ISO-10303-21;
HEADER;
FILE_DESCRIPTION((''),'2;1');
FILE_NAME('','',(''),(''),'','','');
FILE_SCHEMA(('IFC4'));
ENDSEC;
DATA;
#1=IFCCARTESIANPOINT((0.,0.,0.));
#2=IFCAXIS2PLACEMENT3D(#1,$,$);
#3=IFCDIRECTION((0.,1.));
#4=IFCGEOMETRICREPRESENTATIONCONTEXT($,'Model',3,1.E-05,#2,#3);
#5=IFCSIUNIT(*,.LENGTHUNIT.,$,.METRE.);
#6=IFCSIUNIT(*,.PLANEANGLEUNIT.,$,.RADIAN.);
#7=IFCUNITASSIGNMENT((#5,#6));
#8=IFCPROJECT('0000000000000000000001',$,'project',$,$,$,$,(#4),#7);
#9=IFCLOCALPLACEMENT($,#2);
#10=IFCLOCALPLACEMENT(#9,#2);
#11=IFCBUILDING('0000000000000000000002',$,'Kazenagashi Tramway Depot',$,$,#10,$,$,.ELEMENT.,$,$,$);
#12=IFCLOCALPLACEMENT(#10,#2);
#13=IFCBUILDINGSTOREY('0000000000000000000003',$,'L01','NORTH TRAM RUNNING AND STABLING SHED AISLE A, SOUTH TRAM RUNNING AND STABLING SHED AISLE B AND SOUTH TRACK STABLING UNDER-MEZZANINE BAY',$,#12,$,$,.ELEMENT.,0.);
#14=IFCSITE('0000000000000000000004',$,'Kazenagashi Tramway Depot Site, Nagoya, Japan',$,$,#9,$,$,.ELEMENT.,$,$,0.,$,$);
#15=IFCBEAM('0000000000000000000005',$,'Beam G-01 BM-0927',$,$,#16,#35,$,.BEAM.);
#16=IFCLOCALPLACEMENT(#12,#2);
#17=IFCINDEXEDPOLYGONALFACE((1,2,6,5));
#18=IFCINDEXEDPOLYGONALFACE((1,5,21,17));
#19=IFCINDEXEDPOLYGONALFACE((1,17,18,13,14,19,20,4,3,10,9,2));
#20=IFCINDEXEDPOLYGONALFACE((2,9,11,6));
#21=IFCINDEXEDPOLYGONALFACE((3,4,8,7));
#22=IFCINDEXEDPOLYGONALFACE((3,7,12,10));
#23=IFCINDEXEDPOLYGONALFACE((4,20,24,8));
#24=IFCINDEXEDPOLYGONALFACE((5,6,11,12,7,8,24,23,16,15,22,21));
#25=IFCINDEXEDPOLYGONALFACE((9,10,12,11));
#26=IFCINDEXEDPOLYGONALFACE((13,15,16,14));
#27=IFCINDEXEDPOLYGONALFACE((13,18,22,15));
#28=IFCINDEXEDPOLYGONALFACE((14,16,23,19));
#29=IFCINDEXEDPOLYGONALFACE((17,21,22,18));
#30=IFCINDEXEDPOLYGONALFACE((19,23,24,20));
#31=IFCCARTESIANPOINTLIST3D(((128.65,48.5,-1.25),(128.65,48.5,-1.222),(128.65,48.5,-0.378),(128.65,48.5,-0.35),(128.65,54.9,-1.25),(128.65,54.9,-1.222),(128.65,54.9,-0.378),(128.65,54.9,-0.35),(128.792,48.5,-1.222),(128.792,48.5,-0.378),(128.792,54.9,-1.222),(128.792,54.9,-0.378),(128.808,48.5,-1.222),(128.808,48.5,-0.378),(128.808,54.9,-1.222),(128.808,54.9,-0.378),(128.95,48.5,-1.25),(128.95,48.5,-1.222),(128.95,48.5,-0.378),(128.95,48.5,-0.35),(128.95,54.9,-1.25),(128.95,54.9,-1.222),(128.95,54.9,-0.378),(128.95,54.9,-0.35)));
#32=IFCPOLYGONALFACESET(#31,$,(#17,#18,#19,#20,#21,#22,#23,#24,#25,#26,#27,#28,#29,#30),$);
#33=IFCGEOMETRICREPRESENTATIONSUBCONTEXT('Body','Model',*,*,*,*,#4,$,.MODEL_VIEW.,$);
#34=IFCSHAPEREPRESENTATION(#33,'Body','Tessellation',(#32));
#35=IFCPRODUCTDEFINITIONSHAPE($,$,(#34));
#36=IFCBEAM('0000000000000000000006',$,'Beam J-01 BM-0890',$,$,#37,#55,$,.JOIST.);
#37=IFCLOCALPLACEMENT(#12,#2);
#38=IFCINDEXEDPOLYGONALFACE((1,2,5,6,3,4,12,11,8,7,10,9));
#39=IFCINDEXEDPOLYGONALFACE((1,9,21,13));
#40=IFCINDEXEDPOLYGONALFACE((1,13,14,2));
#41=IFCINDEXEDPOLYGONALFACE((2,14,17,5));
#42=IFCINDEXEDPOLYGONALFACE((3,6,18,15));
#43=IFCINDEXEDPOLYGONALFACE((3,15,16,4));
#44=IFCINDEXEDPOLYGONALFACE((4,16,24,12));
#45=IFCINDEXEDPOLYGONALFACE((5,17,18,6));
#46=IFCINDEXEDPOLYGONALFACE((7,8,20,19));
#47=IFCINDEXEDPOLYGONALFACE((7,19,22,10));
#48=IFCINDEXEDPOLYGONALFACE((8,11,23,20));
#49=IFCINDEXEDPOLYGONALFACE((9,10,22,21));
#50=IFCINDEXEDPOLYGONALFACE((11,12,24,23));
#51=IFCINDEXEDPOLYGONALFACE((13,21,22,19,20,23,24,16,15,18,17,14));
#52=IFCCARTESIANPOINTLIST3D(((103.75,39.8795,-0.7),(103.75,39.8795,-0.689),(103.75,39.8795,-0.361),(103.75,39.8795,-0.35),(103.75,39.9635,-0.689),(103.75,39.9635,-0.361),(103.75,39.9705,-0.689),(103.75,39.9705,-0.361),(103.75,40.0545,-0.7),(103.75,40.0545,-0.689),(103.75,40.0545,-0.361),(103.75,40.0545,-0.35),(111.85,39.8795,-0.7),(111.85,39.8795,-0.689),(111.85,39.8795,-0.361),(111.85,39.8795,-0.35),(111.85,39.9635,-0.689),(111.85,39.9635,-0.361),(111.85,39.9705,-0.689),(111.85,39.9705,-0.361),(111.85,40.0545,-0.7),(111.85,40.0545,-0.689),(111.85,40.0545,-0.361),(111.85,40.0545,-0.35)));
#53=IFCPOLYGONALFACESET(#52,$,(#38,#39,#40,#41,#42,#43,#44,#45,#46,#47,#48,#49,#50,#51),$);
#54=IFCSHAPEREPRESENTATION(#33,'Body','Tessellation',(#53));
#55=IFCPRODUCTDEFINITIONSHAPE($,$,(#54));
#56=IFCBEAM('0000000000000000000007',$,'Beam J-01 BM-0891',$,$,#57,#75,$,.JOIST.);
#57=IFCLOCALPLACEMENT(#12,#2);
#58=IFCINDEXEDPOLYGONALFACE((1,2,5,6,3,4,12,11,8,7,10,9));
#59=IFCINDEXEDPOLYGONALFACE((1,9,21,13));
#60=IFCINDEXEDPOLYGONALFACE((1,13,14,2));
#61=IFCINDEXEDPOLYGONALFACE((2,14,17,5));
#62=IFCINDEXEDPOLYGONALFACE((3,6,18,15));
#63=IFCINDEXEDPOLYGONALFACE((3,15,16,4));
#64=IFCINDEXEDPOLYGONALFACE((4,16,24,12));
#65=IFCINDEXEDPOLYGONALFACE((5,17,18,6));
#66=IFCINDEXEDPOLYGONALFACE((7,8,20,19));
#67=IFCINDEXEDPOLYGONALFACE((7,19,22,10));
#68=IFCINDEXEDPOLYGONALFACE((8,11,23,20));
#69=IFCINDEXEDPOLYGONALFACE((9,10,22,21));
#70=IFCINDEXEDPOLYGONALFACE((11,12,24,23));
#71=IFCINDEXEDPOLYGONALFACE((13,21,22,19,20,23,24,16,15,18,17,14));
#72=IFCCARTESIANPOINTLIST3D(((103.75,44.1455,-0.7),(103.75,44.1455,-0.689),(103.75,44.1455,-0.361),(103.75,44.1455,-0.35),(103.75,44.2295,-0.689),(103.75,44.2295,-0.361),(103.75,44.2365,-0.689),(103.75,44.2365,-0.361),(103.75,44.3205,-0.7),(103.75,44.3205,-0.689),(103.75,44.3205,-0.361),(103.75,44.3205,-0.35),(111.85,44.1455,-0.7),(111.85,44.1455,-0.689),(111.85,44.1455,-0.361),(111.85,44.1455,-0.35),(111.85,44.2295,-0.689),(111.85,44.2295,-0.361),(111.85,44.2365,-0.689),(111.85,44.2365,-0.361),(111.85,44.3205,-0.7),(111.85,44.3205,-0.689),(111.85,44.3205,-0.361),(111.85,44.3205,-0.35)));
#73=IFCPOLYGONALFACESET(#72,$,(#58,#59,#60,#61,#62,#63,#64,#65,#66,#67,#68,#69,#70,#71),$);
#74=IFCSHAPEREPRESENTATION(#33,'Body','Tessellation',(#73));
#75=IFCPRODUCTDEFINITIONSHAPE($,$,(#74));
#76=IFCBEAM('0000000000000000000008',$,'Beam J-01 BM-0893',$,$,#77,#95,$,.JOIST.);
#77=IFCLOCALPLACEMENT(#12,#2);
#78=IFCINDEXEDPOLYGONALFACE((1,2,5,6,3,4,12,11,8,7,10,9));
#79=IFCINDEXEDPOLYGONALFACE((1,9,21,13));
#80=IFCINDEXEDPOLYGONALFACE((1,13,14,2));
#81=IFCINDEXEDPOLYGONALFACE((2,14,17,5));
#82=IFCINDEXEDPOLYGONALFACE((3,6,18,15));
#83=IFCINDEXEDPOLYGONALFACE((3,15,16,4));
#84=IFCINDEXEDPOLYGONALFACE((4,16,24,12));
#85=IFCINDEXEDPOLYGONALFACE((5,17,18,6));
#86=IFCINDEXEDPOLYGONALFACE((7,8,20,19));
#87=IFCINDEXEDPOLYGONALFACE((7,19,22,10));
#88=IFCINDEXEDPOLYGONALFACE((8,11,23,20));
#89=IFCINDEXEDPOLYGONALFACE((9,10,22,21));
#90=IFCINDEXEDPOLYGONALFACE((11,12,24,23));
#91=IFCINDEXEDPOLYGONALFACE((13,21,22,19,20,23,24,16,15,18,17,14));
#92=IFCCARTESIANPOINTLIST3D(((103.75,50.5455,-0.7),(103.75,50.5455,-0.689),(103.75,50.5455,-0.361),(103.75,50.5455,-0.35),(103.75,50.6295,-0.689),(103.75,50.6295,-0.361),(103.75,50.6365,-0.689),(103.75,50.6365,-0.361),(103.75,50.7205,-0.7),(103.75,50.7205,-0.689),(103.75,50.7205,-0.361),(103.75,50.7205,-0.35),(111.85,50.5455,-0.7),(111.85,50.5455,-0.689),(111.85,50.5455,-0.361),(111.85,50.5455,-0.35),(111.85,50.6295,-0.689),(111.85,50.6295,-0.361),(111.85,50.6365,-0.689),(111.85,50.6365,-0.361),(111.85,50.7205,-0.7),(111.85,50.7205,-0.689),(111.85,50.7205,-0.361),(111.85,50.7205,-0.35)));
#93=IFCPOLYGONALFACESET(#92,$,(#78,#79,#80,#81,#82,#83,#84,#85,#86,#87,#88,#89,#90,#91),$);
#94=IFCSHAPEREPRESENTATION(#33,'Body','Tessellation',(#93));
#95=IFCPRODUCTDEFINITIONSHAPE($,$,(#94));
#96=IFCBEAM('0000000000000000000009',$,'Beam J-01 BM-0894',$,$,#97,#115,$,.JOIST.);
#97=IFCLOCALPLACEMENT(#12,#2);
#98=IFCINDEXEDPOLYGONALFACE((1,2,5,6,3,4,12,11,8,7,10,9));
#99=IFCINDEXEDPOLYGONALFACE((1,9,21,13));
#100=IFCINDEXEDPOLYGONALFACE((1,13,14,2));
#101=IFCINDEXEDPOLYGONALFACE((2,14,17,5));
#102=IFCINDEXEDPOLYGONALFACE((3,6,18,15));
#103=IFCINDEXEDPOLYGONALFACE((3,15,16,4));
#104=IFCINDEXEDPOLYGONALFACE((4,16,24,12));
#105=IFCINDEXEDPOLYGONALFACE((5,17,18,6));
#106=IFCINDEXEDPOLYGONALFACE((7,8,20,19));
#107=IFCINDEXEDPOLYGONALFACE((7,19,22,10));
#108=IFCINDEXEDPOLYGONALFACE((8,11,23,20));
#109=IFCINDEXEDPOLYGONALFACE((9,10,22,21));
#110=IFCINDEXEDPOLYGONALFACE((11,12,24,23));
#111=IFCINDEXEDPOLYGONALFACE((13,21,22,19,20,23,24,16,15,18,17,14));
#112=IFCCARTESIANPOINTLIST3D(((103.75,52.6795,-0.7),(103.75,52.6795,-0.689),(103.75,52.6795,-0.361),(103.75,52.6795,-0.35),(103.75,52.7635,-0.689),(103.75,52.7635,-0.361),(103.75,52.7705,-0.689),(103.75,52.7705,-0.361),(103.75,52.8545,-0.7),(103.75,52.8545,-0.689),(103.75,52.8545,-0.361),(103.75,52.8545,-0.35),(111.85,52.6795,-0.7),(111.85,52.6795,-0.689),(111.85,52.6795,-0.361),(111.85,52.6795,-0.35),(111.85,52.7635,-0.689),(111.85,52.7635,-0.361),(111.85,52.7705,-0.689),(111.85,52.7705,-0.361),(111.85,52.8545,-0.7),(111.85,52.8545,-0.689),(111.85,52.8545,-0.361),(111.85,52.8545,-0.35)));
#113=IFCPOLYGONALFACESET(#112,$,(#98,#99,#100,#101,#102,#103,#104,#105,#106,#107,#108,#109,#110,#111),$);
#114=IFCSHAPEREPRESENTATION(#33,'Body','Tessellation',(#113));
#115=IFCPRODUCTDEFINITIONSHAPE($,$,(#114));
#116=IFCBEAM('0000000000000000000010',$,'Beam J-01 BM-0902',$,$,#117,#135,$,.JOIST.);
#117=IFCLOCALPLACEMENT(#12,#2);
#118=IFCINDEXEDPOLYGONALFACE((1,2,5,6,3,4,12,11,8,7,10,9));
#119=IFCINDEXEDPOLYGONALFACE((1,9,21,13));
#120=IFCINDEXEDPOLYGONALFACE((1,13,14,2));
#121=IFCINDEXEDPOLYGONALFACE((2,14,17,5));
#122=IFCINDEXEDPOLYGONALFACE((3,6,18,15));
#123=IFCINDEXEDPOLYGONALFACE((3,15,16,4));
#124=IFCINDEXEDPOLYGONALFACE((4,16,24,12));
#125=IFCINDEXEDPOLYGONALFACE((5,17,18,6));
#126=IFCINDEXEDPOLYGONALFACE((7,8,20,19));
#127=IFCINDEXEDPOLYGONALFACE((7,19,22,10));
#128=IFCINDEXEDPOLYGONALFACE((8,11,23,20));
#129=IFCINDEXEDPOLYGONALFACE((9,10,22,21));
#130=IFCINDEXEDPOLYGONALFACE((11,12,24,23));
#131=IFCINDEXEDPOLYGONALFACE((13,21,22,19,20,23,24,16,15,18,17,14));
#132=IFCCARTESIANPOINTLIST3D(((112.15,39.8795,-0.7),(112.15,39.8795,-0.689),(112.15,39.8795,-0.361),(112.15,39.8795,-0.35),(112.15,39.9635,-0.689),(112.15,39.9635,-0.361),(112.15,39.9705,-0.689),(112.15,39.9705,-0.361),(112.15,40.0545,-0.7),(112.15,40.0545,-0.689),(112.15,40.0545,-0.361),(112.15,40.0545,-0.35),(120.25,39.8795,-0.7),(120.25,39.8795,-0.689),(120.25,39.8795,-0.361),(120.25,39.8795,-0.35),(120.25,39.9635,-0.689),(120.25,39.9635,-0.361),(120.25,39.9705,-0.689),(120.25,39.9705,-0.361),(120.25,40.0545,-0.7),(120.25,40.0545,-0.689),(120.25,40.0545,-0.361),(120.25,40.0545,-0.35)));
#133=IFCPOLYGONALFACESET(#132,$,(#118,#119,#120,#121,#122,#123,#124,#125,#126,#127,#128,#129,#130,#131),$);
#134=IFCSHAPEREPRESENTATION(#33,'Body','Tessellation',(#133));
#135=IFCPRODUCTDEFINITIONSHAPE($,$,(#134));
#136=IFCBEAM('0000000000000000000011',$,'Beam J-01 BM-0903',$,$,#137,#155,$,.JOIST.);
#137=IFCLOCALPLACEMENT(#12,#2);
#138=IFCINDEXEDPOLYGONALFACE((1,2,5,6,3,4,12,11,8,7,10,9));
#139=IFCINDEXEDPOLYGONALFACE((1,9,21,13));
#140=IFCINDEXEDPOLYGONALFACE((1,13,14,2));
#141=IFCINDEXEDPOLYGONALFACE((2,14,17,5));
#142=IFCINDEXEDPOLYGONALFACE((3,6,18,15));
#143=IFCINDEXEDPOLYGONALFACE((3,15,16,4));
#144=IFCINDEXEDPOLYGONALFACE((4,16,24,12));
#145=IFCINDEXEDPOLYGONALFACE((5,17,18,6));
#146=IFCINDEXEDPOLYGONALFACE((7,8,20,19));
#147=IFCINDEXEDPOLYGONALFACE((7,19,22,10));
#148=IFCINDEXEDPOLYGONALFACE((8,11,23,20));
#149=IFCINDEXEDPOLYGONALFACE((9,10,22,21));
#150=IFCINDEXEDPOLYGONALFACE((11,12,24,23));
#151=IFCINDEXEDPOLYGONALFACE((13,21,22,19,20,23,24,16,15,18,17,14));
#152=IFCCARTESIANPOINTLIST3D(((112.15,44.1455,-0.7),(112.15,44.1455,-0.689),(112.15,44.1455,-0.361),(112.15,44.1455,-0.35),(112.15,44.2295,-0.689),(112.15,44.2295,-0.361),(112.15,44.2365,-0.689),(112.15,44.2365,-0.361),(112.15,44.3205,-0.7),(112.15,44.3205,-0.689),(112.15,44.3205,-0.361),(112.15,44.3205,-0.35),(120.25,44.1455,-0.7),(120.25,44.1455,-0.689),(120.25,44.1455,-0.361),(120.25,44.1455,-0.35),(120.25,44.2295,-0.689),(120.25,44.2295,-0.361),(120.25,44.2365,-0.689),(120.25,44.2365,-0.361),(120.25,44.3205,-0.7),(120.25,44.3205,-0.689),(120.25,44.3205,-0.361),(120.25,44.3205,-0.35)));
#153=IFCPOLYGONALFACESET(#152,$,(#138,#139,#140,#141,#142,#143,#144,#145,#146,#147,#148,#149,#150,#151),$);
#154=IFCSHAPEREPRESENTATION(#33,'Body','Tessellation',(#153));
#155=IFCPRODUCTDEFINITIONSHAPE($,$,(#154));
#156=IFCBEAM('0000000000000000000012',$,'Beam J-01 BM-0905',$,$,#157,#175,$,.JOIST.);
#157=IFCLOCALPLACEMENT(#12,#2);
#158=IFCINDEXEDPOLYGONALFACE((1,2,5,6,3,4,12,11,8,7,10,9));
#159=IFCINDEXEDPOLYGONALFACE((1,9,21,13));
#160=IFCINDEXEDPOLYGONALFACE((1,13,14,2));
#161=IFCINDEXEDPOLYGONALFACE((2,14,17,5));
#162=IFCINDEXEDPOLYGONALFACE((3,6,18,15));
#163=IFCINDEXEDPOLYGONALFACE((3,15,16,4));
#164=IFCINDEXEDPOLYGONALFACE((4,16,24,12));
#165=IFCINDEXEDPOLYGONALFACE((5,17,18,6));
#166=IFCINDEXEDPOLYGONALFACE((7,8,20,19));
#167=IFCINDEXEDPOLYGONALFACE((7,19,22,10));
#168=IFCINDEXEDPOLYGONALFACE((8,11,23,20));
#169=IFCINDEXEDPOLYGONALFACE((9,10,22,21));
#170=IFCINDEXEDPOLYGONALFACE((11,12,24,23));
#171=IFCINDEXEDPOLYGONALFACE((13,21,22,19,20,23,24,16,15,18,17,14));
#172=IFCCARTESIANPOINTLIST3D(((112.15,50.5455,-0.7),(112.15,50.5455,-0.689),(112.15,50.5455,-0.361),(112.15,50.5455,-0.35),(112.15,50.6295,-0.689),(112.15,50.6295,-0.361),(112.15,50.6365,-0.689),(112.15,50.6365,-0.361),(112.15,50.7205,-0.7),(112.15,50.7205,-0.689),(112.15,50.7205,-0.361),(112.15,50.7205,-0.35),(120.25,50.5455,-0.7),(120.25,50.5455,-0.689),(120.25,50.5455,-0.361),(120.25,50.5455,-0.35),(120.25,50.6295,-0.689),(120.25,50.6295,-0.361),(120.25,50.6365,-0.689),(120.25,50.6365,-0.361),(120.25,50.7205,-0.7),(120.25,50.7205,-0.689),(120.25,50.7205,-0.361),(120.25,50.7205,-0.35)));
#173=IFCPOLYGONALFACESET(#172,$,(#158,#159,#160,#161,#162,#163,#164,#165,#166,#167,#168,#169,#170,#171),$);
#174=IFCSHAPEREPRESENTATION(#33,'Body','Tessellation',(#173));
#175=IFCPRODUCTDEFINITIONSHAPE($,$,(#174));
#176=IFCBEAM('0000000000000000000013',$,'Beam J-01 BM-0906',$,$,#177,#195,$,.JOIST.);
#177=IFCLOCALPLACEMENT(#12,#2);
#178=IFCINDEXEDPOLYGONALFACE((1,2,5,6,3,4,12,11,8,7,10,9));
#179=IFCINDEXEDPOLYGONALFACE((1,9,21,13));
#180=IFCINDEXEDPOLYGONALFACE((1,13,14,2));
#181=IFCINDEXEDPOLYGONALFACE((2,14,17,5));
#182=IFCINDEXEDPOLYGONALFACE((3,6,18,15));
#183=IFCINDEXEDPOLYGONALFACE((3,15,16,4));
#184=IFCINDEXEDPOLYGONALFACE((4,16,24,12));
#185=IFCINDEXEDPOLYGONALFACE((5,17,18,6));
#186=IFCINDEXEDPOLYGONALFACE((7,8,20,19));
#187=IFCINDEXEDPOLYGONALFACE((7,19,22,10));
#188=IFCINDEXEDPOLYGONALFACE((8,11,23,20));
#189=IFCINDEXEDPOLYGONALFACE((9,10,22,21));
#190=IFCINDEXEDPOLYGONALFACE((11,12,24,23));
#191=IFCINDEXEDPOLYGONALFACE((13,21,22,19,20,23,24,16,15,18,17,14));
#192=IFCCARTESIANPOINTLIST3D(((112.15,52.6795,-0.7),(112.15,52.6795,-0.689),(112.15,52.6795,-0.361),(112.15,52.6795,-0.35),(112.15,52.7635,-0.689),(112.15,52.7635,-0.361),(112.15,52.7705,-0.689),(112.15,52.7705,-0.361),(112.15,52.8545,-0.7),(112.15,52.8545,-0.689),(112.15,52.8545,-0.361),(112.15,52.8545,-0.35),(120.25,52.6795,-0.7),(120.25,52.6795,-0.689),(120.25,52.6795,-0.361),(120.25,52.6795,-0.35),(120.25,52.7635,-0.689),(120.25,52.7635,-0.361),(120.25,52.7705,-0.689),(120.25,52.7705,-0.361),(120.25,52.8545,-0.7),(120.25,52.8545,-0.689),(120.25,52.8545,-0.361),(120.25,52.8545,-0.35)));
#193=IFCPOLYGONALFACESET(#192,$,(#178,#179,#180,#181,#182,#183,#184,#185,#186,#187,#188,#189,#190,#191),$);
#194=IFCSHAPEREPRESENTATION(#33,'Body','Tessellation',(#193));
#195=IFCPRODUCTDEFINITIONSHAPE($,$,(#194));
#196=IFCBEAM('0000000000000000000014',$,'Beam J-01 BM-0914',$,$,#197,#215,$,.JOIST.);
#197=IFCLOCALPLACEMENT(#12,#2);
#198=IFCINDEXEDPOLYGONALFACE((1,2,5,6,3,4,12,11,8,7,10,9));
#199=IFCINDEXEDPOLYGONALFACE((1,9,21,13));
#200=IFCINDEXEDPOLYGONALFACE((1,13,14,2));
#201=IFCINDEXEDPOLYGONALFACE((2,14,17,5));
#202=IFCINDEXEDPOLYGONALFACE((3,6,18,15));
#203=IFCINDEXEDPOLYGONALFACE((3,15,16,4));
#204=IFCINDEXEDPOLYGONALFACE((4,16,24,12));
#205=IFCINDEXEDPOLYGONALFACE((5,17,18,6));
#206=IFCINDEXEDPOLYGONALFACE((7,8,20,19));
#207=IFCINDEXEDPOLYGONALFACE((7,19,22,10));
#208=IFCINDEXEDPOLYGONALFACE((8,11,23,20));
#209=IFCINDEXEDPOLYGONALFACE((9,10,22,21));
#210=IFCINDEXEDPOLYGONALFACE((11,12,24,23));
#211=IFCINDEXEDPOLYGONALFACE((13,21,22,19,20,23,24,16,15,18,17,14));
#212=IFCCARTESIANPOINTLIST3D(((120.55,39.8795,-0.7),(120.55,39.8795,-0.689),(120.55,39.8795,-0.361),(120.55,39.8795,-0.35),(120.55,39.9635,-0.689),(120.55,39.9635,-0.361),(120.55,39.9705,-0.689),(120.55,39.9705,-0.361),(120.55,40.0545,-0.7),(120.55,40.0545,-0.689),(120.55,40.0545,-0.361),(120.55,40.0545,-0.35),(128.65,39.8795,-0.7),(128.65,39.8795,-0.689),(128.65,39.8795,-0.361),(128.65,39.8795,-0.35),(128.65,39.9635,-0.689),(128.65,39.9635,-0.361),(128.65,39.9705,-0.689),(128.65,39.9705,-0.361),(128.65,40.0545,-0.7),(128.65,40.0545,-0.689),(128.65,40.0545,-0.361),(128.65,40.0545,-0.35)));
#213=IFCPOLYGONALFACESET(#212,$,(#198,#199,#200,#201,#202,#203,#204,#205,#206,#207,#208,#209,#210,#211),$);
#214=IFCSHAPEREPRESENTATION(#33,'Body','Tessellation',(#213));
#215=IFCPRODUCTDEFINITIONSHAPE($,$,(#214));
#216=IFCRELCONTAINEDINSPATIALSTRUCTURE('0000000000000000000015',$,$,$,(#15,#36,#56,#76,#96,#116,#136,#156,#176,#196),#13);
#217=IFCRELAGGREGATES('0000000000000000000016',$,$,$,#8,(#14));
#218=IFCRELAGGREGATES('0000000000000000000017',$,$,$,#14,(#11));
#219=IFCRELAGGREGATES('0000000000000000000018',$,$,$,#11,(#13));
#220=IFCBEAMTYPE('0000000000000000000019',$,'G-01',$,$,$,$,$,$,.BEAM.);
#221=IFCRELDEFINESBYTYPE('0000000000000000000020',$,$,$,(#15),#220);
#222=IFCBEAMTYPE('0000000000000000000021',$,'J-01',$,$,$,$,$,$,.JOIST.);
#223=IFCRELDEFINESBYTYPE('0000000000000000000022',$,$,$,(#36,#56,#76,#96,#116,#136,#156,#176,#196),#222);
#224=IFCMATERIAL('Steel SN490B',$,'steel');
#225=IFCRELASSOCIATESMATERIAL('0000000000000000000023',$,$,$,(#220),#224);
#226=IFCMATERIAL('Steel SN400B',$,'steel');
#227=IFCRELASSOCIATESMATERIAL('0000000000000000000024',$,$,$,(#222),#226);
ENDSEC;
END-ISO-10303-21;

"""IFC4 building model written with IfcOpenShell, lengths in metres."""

from ifc_helpers import new_model, si_unit, direction, frame, origin, origin_2d, place, context, subcontext, project, spatial, i_section, extrude, material, material_profile, profile_set, type_object, element, save


model = new_model("IFC4")

# Units and contexts
model_context = context("Model", 3, precision=1e-05, world=origin(), true_north=direction((0.0, 1.0)))
body_context = subcontext(model_context, "Body", "Model", "MODEL_VIEW")
ifc_project = project(units=[si_unit("LENGTHUNIT", "METRE"), si_unit("PLANEANGLEUNIT", "RADIAN")], contexts=[model_context])

# Site, building, storey
site_placement = place(None, origin())
site = spatial("IfcSite", under=ifc_project, at=site_placement, Name="Kazenagashi Tramway Depot Site, Nagoya, Japan", CompositionType="ELEMENT", RefElevation=0.0)
building_placement = place(site_placement, origin())
building = spatial("IfcBuilding", under=site, at=building_placement, Name="Kazenagashi Tramway Depot", CompositionType="ELEMENT")
storey_placement = place(building_placement, origin())
storey = spatial("IfcBuildingStorey", under=building, at=storey_placement, Name="L01", Description="NORTH TRAM RUNNING AND STABLING SHED AISLE A, SOUTH TRAM RUNNING AND STABLING SHED AISLE B AND SOUTH TRACK STABLING UNDER-MEZZANINE BAY", CompositionType="ELEMENT", Elevation=0.0)

# Shared definitions
ifc_material_1 = material(Name="Steel SN490B", Category="steel")

# Beams
ifc_material_profile_1 = material_profile(ifc_material_1, i_section(OverallWidth=0.3, OverallDepth=0.9, WebThickness=0.016, FlangeThickness=0.028, at=origin_2d()), Name="H-900x300x16x28")
ifc_profile_set_1 = profile_set([ifc_material_profile_1], Name="Steel SN490B")
beam_type_1 = type_object("IfcBeamType", Name="G-01", PredefinedType="BEAM", material=ifc_profile_set_1)
for number, where, z_axis, x_axis, name in (
    (1, (128.8, 48.5, -0.8), (0.0, 1.0, 0.0), (-1.0, 0.0, 0.0), "Beam G-01 BM-0927"),
):
    element("IfcBeam", number, at=place(storey_placement, frame(where, z_axis=z_axis, x_axis=x_axis)), inside=storey, type_object=beam_type_1, Name=name, PredefinedType="BEAM", context=body_context, shape_type="SweptSolid", body=[
        extrude(i_section(OverallWidth=0.3, OverallDepth=0.9, WebThickness=0.016, FlangeThickness=0.028, at=origin_2d()), origin(), (0.0, 0.0, 1.0), 6.4),
    ])
ifc_material_2 = material(Name="Steel SN400B", Category="steel")
ifc_material_profile_2 = material_profile(ifc_material_2, i_section(OverallWidth=0.175, OverallDepth=0.35, WebThickness=0.007, FlangeThickness=0.011, at=origin_2d()), Name="H-350x175x7x11")
ifc_profile_set_2 = profile_set([ifc_material_profile_2], Name="Steel SN400B")
beam_type_2 = type_object("IfcBeamType", Name="J-01", PredefinedType="JOIST", material=ifc_profile_set_2)
for number, where, z_axis, x_axis, name in (
    (2, (103.75, 39.967, -0.525), (1.0, 0.0, 0.0), (0.0, 1.0, 0.0), "Beam J-01 BM-0890"),
    (3, (103.75, 44.233, -0.525), (1.0, 0.0, 0.0), (0.0, 1.0, 0.0), "Beam J-01 BM-0891"),
    (4, (103.75, 50.633, -0.525), (1.0, 0.0, 0.0), (0.0, 1.0, 0.0), "Beam J-01 BM-0893"),
    (5, (103.75, 52.767, -0.525), (1.0, 0.0, 0.0), (0.0, 1.0, 0.0), "Beam J-01 BM-0894"),
    (6, (112.15, 39.967, -0.525), (1.0, 0.0, 0.0), (0.0, 1.0, 0.0), "Beam J-01 BM-0902"),
    (7, (112.15, 44.233, -0.525), (1.0, 0.0, 0.0), (0.0, 1.0, 0.0), "Beam J-01 BM-0903"),
    (8, (112.15, 50.633, -0.525), (1.0, 0.0, 0.0), (0.0, 1.0, 0.0), "Beam J-01 BM-0905"),
    (9, (112.15, 52.767, -0.525), (1.0, 0.0, 0.0), (0.0, 1.0, 0.0), "Beam J-01 BM-0906"),
    (10, (120.55, 39.967, -0.525), (1.0, 0.0, 0.0), (0.0, 1.0, 0.0), "Beam J-01 BM-0914"),
):
    element("IfcBeam", number, at=place(storey_placement, frame(where, z_axis=z_axis, x_axis=x_axis)), inside=storey, type_object=beam_type_2, Name=name, PredefinedType="JOIST", context=body_context, shape_type="SweptSolid", body=[
        extrude(i_section(OverallWidth=0.175, OverallDepth=0.35, WebThickness=0.007, FlangeThickness=0.011, at=origin_2d()), origin(), (0.0, 0.0, 1.0), 8.1),
    ])

save(model, "model.ifc")
